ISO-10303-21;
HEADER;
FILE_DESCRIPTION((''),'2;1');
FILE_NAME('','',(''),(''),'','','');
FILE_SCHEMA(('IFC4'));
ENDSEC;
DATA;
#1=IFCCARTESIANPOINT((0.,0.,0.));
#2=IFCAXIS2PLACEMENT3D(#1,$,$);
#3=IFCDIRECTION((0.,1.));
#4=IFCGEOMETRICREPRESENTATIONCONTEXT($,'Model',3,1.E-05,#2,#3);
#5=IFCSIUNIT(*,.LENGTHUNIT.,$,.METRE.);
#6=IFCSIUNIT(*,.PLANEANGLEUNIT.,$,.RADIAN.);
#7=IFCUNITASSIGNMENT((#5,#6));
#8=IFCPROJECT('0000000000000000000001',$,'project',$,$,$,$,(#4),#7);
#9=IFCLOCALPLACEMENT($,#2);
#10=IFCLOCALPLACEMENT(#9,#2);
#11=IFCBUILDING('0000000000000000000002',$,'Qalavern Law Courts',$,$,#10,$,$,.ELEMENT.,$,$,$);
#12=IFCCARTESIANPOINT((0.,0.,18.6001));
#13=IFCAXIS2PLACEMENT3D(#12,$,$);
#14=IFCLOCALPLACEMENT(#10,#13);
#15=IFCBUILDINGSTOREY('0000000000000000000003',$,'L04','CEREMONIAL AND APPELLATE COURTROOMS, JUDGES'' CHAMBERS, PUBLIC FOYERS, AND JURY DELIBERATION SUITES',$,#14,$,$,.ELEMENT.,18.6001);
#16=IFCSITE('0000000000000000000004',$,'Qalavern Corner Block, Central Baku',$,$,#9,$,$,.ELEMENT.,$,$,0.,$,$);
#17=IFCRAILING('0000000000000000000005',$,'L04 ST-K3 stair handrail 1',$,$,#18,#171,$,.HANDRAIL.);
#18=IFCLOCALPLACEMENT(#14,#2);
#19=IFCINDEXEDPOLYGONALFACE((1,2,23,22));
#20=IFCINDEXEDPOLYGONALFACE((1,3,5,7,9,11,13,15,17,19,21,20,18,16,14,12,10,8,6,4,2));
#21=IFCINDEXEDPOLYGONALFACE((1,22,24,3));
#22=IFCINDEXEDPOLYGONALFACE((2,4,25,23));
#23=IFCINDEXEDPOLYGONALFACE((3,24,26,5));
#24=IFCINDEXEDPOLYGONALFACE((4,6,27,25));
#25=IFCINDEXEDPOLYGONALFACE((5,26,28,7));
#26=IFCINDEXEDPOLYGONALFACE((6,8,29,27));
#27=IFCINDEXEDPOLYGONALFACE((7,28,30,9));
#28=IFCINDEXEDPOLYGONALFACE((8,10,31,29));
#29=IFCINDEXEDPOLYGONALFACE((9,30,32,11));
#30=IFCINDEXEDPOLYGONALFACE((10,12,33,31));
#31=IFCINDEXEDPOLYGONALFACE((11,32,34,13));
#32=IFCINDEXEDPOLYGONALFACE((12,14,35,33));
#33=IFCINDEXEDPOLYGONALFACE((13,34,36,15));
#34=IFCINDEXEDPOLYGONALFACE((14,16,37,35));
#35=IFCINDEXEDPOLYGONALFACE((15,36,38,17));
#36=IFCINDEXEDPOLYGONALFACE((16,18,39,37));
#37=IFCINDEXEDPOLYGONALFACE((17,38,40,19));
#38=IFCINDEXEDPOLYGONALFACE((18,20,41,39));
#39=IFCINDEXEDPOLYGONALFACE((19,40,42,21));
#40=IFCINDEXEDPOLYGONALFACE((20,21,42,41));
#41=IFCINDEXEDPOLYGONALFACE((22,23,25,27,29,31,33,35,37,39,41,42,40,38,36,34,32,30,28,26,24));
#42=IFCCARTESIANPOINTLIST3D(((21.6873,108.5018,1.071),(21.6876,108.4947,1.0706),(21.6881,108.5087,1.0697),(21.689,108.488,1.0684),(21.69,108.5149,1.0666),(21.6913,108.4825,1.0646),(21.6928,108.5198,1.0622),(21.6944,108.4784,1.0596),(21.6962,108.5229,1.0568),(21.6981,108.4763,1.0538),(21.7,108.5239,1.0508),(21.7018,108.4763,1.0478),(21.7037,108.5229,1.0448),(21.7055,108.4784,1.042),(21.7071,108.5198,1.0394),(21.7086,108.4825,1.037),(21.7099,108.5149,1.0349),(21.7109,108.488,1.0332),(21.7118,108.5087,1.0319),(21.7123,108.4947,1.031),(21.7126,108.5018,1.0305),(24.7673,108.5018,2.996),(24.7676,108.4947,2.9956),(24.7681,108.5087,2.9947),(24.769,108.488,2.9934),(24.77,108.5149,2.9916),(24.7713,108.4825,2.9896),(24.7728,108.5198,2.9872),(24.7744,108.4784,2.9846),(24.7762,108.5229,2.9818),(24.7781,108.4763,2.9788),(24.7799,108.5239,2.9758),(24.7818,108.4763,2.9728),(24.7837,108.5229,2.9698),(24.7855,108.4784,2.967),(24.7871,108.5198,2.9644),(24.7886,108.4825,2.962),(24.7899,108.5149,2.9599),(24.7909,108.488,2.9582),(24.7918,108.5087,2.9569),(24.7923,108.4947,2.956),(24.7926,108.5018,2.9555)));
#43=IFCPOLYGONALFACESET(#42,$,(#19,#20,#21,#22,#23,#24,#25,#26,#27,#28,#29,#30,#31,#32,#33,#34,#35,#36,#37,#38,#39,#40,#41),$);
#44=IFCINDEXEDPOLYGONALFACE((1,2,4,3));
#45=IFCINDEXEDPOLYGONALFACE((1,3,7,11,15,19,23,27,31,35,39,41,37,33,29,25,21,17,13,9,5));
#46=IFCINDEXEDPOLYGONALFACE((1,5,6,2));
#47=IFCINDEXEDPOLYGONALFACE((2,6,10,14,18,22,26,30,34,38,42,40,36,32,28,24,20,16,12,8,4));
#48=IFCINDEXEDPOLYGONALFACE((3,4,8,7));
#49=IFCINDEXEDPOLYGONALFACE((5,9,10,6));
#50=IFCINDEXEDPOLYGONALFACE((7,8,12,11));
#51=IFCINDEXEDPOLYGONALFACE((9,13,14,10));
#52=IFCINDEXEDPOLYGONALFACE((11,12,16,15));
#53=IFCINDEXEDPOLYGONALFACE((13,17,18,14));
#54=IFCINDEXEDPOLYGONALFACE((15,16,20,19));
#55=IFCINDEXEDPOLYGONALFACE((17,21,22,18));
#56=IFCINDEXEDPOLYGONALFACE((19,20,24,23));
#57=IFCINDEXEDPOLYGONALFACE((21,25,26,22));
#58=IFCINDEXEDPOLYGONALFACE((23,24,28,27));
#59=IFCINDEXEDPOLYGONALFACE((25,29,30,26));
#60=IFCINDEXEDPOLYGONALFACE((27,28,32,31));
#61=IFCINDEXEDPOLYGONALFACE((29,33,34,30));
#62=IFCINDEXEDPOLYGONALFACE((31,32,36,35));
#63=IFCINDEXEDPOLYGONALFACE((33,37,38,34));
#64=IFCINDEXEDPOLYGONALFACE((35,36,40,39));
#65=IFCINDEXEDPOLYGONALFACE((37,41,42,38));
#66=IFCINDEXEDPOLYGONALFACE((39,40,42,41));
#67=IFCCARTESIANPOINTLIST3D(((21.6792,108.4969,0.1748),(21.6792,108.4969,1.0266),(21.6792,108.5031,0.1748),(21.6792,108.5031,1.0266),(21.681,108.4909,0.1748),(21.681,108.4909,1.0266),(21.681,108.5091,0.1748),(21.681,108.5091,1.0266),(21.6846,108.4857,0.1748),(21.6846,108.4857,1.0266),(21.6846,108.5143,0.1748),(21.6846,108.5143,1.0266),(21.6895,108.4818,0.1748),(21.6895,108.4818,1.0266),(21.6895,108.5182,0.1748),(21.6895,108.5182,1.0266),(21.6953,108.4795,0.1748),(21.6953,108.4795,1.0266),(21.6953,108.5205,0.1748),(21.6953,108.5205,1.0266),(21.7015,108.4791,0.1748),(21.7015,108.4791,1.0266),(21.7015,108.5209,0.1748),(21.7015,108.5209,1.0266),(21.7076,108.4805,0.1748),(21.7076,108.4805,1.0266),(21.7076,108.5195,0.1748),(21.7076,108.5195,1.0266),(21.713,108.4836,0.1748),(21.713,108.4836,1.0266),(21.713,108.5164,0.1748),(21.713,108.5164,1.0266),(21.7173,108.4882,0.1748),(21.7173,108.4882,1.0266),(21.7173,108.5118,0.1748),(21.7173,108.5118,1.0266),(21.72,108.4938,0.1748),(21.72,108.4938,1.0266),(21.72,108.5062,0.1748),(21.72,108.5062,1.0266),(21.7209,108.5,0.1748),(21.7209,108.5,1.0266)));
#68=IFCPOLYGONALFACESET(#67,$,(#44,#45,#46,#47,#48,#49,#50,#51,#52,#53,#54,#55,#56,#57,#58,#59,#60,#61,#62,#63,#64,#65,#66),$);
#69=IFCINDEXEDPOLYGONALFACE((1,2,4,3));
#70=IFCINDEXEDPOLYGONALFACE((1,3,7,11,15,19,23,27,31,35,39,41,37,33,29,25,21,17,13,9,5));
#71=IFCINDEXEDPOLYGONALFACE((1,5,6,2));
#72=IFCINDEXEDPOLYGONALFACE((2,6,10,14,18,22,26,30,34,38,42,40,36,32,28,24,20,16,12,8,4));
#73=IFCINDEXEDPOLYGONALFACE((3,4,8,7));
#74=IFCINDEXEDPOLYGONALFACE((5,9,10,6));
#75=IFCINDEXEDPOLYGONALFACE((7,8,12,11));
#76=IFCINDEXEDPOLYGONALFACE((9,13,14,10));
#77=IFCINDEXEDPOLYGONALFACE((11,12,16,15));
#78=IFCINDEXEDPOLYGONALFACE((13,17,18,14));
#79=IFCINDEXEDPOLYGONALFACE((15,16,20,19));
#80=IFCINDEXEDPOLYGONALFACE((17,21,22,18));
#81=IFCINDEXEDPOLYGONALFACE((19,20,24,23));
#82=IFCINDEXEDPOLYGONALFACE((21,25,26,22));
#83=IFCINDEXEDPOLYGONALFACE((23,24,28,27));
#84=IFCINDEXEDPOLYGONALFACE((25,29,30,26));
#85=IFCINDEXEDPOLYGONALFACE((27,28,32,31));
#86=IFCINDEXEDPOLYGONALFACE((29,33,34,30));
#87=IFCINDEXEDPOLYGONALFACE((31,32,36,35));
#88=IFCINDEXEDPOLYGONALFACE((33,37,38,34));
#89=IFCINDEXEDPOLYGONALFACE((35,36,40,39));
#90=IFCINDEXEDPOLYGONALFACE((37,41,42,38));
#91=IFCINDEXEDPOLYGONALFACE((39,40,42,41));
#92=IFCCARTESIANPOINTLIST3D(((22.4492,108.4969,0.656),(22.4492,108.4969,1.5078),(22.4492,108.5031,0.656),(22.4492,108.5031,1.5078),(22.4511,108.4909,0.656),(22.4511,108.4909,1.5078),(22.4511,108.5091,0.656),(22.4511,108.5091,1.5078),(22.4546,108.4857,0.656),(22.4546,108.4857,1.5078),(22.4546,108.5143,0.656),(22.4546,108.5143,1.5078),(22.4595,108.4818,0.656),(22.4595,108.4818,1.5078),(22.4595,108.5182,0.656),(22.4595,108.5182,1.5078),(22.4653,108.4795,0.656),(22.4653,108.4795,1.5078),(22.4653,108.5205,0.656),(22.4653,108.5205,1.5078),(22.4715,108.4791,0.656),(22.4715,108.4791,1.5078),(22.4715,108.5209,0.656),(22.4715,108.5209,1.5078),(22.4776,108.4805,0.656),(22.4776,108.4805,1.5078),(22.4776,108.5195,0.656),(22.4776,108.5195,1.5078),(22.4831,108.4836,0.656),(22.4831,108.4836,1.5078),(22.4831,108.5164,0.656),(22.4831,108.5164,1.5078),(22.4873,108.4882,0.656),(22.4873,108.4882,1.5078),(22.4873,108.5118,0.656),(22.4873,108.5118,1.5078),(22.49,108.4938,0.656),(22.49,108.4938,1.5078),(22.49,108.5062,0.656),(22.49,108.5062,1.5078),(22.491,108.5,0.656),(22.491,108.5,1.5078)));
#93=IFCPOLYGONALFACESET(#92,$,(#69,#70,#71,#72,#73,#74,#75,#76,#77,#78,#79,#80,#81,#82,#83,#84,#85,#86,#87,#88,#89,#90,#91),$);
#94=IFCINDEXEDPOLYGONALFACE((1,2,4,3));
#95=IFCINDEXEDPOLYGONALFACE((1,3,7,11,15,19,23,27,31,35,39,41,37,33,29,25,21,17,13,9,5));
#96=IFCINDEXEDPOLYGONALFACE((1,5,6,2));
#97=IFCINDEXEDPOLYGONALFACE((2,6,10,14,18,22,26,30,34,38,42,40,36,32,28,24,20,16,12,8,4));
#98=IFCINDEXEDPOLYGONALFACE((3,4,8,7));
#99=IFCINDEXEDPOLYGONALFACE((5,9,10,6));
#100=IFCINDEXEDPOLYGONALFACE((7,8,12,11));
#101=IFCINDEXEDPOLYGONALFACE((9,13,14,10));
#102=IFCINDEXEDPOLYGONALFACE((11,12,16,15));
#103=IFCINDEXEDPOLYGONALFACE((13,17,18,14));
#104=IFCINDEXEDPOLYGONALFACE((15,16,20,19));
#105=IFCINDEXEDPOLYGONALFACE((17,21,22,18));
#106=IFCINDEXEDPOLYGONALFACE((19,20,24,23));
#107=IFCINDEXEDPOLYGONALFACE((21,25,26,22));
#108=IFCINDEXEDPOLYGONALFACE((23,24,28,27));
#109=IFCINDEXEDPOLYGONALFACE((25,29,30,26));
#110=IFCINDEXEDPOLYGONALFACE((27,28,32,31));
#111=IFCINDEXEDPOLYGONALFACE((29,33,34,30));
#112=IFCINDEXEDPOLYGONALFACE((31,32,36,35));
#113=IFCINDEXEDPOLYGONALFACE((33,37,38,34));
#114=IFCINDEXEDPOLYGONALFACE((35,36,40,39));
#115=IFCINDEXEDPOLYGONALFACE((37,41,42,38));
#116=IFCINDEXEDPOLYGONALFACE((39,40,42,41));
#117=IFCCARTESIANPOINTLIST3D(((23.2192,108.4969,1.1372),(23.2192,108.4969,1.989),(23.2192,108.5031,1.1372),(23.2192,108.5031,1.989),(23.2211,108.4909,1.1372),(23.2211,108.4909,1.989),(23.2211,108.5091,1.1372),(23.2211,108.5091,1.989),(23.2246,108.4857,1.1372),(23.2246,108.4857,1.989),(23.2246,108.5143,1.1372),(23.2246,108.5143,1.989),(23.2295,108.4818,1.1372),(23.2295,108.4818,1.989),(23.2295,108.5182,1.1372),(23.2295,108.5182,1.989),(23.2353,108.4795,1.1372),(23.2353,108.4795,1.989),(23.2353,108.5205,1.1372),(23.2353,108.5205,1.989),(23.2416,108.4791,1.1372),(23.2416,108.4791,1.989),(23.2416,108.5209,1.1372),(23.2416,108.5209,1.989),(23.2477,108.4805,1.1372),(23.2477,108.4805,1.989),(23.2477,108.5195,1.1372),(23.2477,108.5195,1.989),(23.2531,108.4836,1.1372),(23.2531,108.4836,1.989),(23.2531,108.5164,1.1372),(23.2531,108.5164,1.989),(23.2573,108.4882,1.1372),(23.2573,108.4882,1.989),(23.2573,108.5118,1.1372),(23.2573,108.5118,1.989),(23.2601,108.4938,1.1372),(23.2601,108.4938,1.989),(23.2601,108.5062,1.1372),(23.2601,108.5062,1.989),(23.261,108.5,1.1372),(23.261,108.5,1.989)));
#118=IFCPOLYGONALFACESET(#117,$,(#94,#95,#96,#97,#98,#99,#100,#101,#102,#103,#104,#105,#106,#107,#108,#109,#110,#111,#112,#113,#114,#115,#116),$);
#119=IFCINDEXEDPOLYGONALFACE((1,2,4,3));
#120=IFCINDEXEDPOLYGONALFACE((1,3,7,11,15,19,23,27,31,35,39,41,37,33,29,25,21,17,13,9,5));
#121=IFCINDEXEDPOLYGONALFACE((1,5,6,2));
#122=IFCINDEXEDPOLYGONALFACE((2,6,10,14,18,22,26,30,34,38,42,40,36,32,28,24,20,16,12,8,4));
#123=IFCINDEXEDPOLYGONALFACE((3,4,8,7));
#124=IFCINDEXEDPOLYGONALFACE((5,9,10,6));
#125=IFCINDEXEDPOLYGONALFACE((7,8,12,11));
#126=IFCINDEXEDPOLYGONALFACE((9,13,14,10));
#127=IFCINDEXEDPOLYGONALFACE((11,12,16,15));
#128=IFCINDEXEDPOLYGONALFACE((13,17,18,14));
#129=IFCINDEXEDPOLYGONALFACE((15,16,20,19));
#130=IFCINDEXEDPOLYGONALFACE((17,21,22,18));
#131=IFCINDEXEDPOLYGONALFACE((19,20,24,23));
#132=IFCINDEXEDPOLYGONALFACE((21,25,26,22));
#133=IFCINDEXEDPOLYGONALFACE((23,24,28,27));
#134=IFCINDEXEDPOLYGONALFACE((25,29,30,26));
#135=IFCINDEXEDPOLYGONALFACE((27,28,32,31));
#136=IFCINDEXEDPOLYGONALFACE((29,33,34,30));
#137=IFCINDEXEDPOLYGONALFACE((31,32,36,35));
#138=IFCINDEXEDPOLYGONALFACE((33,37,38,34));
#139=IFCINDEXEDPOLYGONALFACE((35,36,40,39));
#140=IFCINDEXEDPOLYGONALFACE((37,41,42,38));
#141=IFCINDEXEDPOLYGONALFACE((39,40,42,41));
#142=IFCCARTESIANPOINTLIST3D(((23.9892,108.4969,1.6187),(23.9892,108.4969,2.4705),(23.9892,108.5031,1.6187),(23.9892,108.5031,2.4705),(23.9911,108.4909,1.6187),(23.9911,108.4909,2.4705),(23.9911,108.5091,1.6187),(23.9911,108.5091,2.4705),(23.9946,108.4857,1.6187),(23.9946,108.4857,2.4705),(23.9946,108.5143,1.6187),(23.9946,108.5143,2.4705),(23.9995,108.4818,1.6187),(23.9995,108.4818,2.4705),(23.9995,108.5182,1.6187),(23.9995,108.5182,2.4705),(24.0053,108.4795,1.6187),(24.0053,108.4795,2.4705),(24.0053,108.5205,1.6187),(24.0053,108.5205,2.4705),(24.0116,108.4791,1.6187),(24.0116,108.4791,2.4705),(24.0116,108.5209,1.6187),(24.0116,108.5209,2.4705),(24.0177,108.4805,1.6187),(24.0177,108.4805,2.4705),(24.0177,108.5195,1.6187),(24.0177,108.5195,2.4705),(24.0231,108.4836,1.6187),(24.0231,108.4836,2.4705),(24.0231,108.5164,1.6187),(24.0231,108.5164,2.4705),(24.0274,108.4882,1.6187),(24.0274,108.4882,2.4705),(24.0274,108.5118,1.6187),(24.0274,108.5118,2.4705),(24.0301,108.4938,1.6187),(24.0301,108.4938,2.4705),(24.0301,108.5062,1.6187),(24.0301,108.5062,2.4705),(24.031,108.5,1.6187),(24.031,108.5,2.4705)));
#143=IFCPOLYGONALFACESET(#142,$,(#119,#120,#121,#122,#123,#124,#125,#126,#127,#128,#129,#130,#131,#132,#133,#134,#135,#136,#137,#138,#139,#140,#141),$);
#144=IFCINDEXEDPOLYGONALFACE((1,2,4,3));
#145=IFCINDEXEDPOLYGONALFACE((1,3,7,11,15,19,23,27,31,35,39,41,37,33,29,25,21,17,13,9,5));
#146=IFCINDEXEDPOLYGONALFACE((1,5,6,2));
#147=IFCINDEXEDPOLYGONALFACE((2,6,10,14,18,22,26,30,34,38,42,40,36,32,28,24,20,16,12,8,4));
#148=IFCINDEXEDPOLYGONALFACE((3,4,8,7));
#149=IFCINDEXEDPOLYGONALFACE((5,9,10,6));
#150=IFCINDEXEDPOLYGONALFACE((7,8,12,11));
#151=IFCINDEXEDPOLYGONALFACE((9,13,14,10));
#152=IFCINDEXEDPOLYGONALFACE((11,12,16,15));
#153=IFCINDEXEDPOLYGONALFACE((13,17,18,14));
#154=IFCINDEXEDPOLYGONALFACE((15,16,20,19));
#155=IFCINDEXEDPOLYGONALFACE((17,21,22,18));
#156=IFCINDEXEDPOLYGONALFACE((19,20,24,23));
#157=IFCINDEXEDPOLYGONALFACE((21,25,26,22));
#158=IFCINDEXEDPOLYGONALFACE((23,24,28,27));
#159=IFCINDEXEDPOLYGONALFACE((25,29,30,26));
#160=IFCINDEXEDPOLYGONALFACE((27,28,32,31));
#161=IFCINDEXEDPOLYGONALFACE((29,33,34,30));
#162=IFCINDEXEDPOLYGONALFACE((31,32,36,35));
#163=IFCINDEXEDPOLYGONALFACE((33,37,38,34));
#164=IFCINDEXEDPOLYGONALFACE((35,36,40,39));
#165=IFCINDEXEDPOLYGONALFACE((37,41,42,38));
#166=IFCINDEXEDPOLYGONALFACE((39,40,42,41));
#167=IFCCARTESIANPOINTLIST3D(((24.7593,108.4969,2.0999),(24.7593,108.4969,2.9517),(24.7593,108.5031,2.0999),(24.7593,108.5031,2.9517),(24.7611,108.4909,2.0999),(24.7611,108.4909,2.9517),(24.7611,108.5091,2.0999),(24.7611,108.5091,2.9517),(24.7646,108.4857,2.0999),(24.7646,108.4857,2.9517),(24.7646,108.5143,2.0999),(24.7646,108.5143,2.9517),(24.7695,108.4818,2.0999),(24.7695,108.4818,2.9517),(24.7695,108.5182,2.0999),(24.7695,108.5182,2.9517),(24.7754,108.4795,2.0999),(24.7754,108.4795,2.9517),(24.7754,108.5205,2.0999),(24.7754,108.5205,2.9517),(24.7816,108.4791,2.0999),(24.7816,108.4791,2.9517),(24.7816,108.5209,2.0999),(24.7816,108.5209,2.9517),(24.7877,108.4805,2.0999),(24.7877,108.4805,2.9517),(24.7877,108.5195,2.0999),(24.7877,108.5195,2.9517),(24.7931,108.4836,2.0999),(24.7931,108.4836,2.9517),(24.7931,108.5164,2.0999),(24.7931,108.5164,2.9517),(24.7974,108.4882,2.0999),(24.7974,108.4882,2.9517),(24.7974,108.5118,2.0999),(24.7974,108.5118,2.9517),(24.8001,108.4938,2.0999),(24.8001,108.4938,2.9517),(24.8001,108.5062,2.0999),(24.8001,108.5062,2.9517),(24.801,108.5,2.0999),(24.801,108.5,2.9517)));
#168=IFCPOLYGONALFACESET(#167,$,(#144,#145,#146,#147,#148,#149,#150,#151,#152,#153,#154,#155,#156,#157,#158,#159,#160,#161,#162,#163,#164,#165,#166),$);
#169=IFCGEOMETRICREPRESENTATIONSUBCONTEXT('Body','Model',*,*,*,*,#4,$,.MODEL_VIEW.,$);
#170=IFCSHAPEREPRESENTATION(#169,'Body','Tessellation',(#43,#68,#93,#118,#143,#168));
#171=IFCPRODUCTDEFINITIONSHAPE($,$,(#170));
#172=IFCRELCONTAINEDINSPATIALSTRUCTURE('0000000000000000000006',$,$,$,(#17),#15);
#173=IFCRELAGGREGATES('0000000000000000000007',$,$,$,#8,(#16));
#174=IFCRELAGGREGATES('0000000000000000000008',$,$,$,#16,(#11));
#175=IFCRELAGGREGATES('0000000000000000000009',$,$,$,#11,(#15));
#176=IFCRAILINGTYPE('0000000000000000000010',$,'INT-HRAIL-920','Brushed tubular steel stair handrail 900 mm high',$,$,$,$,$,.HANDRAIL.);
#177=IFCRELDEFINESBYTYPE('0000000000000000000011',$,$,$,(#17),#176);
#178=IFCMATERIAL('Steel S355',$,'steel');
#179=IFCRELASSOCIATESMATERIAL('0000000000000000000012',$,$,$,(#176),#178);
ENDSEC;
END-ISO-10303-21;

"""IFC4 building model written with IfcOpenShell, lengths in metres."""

from ifc_helpers import new_model, si_unit, direction, frame, origin, origin_2d, place, context, subcontext, project, spatial, circle, extrude, material, type_object, element, save


model = new_model("IFC4")

# Units and contexts
model_context = context("Model", 3, precision=1e-05, world=origin(), true_north=direction((0.0, 1.0)))
body_context = subcontext(model_context, "Body", "Model", "MODEL_VIEW")
ifc_project = project(units=[si_unit("LENGTHUNIT", "METRE"), si_unit("PLANEANGLEUNIT", "RADIAN")], contexts=[model_context])

# Site, building, storey
site_placement = place(None, origin())
site = spatial("IfcSite", under=ifc_project, at=site_placement, Name="Qalavern Corner Block, Central Baku", CompositionType="ELEMENT", RefElevation=0.0)
building_placement = place(site_placement, origin())
building = spatial("IfcBuilding", under=site, at=building_placement, Name="Qalavern Law Courts", CompositionType="ELEMENT")
storey_placement = place(building_placement, frame((0.0, 0.0, 18.6001)))
storey = spatial("IfcBuildingStorey", under=building, at=storey_placement, Name="L04", Description="CEREMONIAL AND APPELLATE COURTROOMS, JUDGES' CHAMBERS, PUBLIC FOYERS, AND JURY DELIBERATION SUITES", CompositionType="ELEMENT", Elevation=18.6001)

# Shared definitions
ifc_material_1 = material(Name="Steel S355", Category="steel")

# Railing
railing_type_1 = type_object("IfcRailingType", Name="INT-HRAIL-920", Description="Brushed tubular steel stair handrail 900 mm high", PredefinedType="HANDRAIL", material=ifc_material_1)
railing_1_placement = place(storey_placement, frame((21.7, 108.5, 0.1748)))
element("IfcRailing", 1, at=railing_1_placement, inside=storey, type_object=railing_type_1, Name="L04 ST-K3 stair handrail 1", PredefinedType="HANDRAIL", context=body_context, shape_type="SweptSolid", body=[
    extrude(circle(Radius=0.0239, at=origin_2d()), frame((0.0, 0.0, 0.876), z_axis=(0.847998, 0.0, 0.529999), x_axis=(0.0, 1.0, 0.0)), (0.0, 0.0, 1.0), 3.6321),
    extrude(circle(Radius=0.021, at=origin_2d()), origin(), (0.0, 0.0, 1.0), 0.8518),
    extrude(circle(Radius=0.021, at=origin_2d()), frame((0.77, 0.0, 0.4812)), (0.0, 0.0, 1.0), 0.8518),
    extrude(circle(Radius=0.021, at=origin_2d()), frame((1.54, 0.0, 0.9624)), (0.0, 0.0, 1.0), 0.8518),
    extrude(circle(Radius=0.021, at=origin_2d()), frame((2.3101, 0.0, 1.4438)), (0.0, 0.0, 1.0), 0.8518),
    extrude(circle(Radius=0.021, at=origin_2d()), frame((3.0801, 0.0, 1.925)), (0.0, 0.0, 1.0), 0.8518),
])

save(model, "model.ifc")
